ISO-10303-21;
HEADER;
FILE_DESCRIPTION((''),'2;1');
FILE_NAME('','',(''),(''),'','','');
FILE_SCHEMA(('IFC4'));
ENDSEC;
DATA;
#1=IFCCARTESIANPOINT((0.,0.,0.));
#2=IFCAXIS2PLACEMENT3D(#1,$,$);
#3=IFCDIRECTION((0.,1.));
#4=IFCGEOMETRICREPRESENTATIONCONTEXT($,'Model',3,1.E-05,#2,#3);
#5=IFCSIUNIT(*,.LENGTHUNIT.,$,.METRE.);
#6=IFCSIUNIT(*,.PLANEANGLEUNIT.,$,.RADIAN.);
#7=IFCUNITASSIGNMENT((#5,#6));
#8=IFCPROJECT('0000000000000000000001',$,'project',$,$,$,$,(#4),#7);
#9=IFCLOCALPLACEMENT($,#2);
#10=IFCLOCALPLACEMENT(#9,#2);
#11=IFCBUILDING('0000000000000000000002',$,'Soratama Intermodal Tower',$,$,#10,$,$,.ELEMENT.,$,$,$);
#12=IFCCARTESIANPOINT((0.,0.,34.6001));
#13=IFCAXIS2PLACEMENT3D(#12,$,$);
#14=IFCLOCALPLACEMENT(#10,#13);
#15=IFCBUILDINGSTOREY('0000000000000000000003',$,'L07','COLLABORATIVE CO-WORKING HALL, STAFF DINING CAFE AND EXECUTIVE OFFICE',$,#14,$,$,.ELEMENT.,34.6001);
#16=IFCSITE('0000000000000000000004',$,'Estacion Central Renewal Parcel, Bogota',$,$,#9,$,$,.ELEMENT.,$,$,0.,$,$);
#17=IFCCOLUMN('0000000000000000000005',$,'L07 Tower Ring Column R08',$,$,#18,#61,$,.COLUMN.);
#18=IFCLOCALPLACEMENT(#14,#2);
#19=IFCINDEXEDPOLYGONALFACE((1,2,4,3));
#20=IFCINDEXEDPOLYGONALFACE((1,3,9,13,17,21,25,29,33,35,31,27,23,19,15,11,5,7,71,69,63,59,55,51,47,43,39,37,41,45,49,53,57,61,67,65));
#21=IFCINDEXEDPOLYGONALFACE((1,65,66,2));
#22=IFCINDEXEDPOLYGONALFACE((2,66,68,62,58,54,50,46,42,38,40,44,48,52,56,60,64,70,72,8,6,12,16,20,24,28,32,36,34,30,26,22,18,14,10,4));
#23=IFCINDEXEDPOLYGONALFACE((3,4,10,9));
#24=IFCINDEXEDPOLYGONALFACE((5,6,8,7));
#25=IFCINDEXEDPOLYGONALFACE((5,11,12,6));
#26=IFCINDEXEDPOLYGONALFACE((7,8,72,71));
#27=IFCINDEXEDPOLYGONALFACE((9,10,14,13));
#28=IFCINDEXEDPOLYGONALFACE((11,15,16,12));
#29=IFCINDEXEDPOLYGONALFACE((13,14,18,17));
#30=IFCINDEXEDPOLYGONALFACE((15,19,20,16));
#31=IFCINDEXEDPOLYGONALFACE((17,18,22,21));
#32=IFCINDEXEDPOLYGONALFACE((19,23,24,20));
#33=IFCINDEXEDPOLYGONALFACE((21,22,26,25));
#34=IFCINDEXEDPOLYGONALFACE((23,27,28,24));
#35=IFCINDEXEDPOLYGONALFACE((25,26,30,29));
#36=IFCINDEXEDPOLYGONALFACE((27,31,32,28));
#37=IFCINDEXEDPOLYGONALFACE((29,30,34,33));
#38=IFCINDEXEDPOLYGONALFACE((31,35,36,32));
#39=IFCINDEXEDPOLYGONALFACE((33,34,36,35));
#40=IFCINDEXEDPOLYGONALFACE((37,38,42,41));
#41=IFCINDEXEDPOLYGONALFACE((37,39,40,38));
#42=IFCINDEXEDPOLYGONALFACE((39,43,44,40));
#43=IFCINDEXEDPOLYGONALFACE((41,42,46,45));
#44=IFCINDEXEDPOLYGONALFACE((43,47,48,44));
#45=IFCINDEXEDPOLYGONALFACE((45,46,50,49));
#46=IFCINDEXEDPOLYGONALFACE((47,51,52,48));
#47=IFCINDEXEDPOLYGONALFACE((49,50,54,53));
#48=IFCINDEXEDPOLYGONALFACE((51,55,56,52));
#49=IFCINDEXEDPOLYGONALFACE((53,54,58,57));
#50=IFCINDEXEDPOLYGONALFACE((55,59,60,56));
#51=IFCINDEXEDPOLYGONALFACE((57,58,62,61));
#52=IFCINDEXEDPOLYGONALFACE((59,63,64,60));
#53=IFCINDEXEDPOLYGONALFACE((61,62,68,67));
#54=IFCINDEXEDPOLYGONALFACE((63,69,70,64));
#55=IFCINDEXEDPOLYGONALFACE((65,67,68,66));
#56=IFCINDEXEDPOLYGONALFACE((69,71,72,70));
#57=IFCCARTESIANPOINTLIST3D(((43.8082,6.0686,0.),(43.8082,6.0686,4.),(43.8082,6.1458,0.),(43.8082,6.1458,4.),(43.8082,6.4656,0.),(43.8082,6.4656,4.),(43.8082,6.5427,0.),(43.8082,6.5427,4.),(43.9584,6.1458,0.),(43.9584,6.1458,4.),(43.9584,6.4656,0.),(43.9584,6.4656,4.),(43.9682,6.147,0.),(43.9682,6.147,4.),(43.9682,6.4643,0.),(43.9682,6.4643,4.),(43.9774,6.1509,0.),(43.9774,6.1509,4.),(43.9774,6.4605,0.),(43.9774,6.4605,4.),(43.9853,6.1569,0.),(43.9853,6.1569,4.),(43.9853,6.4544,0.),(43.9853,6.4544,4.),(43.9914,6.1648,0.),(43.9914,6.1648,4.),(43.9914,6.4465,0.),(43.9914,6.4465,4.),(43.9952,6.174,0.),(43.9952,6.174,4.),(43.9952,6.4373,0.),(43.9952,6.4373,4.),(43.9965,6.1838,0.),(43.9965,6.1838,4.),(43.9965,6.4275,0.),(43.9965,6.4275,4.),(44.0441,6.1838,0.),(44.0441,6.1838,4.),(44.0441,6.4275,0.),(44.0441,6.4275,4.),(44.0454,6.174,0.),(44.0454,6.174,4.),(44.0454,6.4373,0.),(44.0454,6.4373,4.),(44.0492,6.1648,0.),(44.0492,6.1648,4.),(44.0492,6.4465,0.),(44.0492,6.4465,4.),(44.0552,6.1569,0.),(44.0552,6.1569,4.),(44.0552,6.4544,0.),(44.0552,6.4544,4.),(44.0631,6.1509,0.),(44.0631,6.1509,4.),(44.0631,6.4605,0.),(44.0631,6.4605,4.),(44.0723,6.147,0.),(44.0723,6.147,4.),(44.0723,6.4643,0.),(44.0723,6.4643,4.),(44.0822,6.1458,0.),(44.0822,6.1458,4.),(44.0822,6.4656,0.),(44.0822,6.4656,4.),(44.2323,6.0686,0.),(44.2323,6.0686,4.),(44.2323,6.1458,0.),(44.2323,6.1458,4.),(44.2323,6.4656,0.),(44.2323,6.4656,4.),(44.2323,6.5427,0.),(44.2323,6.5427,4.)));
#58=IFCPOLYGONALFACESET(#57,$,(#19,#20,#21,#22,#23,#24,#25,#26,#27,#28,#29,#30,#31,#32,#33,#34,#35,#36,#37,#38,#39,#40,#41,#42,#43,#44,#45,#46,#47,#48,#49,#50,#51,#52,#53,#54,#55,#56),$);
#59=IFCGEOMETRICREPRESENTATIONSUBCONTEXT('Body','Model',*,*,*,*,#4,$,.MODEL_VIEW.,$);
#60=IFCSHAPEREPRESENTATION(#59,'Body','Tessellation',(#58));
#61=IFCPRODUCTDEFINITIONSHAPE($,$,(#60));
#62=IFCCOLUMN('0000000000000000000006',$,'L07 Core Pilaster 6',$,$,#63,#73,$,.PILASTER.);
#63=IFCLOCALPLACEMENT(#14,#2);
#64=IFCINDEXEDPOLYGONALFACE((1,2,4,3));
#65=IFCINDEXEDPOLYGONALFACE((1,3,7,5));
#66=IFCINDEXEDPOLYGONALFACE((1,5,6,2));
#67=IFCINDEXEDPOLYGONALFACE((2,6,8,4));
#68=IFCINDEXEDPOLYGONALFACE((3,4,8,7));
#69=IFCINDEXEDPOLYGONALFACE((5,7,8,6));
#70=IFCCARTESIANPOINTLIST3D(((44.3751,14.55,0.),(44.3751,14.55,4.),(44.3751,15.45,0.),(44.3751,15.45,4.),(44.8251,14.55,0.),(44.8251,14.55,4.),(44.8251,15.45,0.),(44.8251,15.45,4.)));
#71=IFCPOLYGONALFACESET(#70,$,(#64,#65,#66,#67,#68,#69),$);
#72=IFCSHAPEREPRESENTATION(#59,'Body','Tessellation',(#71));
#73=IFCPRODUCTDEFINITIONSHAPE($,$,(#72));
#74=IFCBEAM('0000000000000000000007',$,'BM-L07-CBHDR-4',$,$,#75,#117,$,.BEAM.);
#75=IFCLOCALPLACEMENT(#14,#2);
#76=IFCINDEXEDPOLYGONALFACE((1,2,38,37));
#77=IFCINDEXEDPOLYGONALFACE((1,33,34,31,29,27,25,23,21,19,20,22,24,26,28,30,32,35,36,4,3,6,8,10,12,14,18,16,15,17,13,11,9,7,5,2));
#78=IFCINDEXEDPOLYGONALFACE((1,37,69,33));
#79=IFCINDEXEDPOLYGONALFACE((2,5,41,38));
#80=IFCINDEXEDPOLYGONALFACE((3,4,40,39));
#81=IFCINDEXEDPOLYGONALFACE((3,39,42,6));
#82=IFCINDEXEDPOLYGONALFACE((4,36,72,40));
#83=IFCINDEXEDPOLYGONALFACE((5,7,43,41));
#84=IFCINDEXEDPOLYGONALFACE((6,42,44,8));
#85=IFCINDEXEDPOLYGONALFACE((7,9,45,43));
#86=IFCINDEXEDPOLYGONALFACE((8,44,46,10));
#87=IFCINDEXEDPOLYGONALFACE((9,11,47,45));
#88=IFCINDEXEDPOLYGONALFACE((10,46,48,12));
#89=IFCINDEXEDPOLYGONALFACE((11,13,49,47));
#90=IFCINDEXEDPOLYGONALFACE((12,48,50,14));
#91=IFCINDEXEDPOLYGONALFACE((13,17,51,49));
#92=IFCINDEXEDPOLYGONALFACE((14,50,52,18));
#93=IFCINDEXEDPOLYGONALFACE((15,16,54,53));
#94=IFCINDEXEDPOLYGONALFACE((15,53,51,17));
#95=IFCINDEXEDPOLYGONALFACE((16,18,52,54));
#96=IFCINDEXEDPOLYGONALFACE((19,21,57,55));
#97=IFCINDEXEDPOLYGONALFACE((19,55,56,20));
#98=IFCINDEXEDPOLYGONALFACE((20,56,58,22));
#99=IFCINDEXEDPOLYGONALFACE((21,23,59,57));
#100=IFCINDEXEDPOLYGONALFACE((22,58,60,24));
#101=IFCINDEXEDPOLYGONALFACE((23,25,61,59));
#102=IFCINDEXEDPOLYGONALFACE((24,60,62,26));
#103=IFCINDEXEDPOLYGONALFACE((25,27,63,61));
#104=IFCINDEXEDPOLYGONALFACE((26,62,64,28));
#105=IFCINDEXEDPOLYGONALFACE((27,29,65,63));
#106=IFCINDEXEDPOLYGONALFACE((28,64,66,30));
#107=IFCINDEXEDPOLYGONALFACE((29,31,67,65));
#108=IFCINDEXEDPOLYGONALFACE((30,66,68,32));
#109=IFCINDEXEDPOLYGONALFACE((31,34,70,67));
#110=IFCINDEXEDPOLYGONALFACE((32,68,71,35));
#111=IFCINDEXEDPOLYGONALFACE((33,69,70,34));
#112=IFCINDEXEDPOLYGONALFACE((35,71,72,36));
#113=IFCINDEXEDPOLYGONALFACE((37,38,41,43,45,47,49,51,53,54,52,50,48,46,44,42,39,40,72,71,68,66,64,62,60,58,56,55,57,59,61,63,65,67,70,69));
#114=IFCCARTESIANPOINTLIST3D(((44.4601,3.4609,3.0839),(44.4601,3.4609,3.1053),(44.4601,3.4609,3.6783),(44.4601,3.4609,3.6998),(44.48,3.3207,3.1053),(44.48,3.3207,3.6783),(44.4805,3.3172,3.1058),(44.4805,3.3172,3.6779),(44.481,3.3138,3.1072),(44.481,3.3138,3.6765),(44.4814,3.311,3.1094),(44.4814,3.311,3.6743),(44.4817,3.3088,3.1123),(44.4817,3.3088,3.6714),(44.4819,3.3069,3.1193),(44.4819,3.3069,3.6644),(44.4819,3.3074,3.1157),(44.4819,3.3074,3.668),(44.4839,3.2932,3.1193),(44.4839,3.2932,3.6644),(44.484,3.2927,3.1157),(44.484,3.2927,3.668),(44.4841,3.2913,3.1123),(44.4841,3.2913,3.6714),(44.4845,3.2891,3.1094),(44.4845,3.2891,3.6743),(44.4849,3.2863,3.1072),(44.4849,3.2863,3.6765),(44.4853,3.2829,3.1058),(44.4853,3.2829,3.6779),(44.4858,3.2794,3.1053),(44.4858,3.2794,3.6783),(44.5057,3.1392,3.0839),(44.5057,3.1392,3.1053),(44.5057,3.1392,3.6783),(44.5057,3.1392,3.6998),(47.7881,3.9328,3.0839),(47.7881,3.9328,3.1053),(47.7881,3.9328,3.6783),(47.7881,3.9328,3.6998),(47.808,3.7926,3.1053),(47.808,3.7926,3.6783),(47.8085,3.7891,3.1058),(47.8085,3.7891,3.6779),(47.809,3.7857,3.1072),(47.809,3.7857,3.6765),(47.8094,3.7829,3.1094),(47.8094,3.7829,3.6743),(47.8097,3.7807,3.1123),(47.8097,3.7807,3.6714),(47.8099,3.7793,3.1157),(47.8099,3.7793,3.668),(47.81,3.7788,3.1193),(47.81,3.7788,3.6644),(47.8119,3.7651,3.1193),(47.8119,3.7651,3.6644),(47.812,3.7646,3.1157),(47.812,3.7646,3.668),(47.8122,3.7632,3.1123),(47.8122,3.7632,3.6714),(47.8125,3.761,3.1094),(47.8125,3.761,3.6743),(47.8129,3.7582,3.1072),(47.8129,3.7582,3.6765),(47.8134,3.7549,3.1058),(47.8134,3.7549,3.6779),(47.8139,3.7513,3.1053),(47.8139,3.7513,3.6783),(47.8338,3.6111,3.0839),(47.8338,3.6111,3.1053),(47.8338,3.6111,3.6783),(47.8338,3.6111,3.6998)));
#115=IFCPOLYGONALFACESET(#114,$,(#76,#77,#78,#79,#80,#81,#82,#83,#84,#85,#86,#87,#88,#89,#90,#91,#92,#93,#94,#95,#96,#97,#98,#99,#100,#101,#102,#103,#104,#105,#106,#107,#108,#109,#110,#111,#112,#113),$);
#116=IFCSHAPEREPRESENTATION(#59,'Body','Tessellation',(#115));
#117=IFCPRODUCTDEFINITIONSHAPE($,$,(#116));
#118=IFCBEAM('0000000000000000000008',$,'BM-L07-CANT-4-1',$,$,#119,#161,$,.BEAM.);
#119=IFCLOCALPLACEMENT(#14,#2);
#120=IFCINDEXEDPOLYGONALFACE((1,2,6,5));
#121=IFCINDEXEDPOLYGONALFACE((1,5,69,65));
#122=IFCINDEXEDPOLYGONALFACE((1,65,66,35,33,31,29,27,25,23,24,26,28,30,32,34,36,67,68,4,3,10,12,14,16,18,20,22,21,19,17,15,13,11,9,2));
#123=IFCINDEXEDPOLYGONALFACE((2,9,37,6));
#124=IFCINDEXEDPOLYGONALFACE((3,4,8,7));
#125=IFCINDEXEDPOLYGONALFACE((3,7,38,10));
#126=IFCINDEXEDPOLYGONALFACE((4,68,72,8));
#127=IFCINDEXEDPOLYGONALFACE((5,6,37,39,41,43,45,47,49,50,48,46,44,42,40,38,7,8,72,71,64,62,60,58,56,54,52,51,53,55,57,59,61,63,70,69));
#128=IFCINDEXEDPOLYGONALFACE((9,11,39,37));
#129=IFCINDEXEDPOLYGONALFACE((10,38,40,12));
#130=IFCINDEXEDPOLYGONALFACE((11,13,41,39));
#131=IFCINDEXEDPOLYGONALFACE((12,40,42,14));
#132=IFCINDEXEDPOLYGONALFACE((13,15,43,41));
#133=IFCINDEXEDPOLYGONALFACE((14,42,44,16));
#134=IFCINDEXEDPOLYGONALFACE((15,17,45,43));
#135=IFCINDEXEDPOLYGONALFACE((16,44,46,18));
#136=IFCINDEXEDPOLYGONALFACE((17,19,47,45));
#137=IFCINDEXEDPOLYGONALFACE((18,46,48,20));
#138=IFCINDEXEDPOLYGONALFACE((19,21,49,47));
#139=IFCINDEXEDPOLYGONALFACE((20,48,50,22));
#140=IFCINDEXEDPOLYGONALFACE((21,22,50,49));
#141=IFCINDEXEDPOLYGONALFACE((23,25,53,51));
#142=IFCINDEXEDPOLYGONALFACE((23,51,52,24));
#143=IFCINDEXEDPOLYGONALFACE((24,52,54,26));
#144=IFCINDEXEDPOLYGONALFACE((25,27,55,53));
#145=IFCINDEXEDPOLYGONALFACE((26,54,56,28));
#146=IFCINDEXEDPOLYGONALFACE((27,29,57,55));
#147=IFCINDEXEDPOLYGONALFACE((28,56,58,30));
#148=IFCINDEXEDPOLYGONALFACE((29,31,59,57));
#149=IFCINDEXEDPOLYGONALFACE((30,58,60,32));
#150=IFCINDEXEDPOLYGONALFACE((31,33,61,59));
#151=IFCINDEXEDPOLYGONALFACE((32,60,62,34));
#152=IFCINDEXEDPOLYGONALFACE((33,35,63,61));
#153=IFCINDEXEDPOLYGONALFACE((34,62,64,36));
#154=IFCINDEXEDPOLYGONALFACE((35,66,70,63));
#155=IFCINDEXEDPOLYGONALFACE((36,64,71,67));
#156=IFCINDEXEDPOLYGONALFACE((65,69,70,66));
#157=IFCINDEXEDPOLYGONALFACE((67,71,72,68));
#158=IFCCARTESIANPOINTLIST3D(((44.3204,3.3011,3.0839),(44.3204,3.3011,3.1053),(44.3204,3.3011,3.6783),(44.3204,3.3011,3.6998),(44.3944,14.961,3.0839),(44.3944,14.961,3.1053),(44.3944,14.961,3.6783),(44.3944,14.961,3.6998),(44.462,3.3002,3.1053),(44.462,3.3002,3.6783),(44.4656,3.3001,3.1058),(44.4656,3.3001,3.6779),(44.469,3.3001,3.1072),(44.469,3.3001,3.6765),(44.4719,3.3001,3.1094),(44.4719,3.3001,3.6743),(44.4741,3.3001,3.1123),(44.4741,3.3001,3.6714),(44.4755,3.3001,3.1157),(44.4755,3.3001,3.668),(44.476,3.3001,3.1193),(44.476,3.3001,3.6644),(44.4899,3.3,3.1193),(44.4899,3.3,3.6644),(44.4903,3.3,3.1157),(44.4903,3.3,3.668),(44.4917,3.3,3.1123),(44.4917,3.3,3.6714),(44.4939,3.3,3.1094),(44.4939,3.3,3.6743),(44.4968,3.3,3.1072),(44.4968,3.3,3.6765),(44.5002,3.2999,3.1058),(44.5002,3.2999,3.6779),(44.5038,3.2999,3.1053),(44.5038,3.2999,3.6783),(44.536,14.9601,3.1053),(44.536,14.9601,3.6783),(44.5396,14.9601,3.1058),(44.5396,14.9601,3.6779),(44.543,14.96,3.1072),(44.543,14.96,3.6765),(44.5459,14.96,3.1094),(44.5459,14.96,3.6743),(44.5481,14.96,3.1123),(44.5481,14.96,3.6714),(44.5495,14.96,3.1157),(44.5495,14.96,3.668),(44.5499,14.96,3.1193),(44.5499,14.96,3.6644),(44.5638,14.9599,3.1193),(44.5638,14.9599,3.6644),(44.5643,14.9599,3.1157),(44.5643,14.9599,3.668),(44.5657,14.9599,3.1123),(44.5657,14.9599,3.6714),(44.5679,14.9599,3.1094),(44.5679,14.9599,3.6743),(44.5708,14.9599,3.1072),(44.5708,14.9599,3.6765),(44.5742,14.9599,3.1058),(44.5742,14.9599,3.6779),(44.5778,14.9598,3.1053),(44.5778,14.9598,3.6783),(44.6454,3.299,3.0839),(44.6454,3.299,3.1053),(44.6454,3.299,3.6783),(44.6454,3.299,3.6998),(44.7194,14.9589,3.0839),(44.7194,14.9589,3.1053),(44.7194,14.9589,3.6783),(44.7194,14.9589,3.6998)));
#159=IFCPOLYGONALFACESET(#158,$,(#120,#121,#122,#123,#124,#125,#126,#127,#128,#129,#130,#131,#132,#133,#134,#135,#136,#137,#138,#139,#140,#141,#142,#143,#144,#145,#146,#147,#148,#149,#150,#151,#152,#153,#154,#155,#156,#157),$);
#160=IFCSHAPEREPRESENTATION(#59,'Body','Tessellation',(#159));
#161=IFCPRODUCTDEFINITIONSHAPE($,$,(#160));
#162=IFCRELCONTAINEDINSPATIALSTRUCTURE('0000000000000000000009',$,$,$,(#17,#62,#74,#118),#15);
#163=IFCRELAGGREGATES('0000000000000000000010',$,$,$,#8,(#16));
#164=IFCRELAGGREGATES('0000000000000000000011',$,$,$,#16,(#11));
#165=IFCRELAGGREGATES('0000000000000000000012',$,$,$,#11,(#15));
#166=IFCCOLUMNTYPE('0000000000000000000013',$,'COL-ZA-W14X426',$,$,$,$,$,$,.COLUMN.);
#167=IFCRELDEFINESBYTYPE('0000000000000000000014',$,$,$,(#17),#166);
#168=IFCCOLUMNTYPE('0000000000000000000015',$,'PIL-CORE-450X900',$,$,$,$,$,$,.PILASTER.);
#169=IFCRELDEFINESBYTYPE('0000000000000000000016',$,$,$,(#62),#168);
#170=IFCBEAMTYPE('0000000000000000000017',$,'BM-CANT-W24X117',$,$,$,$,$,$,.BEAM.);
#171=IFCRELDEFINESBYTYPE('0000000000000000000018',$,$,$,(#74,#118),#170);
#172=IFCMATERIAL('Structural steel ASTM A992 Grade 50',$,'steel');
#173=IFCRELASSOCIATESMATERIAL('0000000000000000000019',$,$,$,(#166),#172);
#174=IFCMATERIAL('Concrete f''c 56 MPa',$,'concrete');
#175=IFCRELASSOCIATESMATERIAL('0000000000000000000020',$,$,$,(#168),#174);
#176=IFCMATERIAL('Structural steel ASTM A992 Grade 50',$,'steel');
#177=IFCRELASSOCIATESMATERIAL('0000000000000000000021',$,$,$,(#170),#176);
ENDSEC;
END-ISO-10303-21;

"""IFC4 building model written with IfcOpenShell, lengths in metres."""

from ifc_helpers import new_model, si_unit, direction, frame, origin, origin_2d, place, context, subcontext, project, spatial, rectangle, i_section, extrude, material, material_profile, profile_set, type_object, element, save


model = new_model("IFC4")

# Units and contexts
model_context = context("Model", 3, precision=1e-05, world=origin(), true_north=direction((0.0, 1.0)))
body_context = subcontext(model_context, "Body", "Model", "MODEL_VIEW")
ifc_project = project(units=[si_unit("LENGTHUNIT", "METRE"), si_unit("PLANEANGLEUNIT", "RADIAN")], contexts=[model_context])

# Site, building, storey
site_placement = place(None, origin())
site = spatial("IfcSite", under=ifc_project, at=site_placement, Name="Estacion Central Renewal Parcel, Bogota", CompositionType="ELEMENT", RefElevation=0.0)
building_placement = place(site_placement, origin())
building = spatial("IfcBuilding", under=site, at=building_placement, Name="Soratama Intermodal Tower", CompositionType="ELEMENT")
storey_placement = place(building_placement, frame((0.0, 0.0, 34.6001)))
storey = spatial("IfcBuildingStorey", under=building, at=storey_placement, Name="L07", Description="COLLABORATIVE CO-WORKING HALL, STAFF DINING CAFE AND EXECUTIVE OFFICE", CompositionType="ELEMENT", Elevation=34.6001)

# Columns
ifc_material_1 = material(Name="Structural steel ASTM A992 Grade 50", Category="steel")
ifc_material_profile_1 = material_profile(ifc_material_1, i_section(OverallWidth=0.4241, OverallDepth=0.4741, WebThickness=0.0476, FlangeThickness=0.0771, FilletRadius=0.0381, at=origin_2d()), Name="W14X426")
ifc_profile_set_1 = profile_set([ifc_material_profile_1], Name="Structural steel ASTM A992 Grade 50")
column_type_1 = type_object("IfcColumnType", Name="COL-ZA-W14X426", PredefinedType="COLUMN", material=ifc_profile_set_1)
column_1_placement = place(storey_placement, frame((44.0203, 6.3057, 0.0), z_axis=(0.0, 0.0, 1.0), x_axis=(1.0, 0.0, 0.0)))
element("IfcColumn", 1, at=column_1_placement, inside=storey, type_object=column_type_1, Name="L07 Tower Ring Column R08", PredefinedType="COLUMN", context=body_context, shape_type="SweptSolid", body=[
    extrude(i_section(OverallWidth=0.4241, OverallDepth=0.4741, WebThickness=0.0476, FlangeThickness=0.0771, FilletRadius=0.0381, at=origin_2d()), origin(), (0.0, 0.0, 1.0), 4.0),
])
ifc_material_2 = material(Name="Concrete f'c 56 MPa", Category="concrete")
ifc_material_profile_2 = material_profile(ifc_material_2, rectangle(XDim=0.45, YDim=0.8999, at=origin_2d()), Name="RC450X900")
ifc_profile_set_2 = profile_set([ifc_material_profile_2], Name="Concrete f'c 56 MPa")
column_type_2 = type_object("IfcColumnType", Name="PIL-CORE-450X900", PredefinedType="PILASTER", material=ifc_profile_set_2)
column_2_placement = place(storey_placement, frame((44.6001, 15.0, 0.0), z_axis=(0.0, 0.0, 1.0), x_axis=(1.0, 0.0, 0.0)))
element("IfcColumn", 2, at=column_2_placement, inside=storey, type_object=column_type_2, Name="L07 Core Pilaster 6", PredefinedType="PILASTER", context=body_context, shape_type="SweptSolid", body=[
    extrude(rectangle(XDim=0.45, YDim=0.8999, at=origin_2d()), origin(), (0.0, 0.0, 1.0), 4.0),
])

# Beams
ifc_material_3 = material(Name="Structural steel ASTM A992 Grade 50", Category="steel")
ifc_material_profile_3 = material_profile(ifc_material_3, i_section(OverallWidth=0.325, OverallDepth=0.616, WebThickness=0.0139, FlangeThickness=0.0215, FilletRadius=0.0139, at=origin_2d()), Name="W24X117")
ifc_profile_set_3 = profile_set([ifc_material_profile_3], Name="Structural steel ASTM A992 Grade 50")
beam_type_1 = type_object("IfcBeamType", Name="BM-CANT-W24X117", PredefinedType="BEAM", material=ifc_profile_set_3)
beam_1_placement = place(storey_placement, frame((44.4829, 3.3, 3.3918), z_axis=(0.990096, 0.140394, 0.0), x_axis=(-0.140394, 0.990096, 0.0)))
element("IfcBeam", 3, at=beam_1_placement, inside=storey, type_object=beam_type_1, Name="BM-L07-CBHDR-4", PredefinedType="BEAM", context=body_context, shape_type="SweptSolid", body=[
    extrude(i_section(OverallWidth=0.325, OverallDepth=0.616, WebThickness=0.0139, FlangeThickness=0.0215, FilletRadius=0.0139, at=origin_2d()), origin(), (0.0, 0.0, 1.0), 3.3613),
])
beam_2_placement = place(storey_placement, frame((44.5569, 14.96, 3.3918), z_axis=(-0.006344, -0.99998, 0.0), x_axis=(0.99998, -0.006344, 0.0)))
element("IfcBeam", 4, at=beam_2_placement, inside=storey, type_object=beam_type_1, Name="BM-L07-CANT-4-1", PredefinedType="BEAM", context=body_context, shape_type="SweptSolid", body=[
    extrude(i_section(OverallWidth=0.325, OverallDepth=0.616, WebThickness=0.0139, FlangeThickness=0.0215, FilletRadius=0.0139, at=origin_2d()), origin(), (0.0, 0.0, 1.0), 11.6602),
])

save(model, "model.ifc")
